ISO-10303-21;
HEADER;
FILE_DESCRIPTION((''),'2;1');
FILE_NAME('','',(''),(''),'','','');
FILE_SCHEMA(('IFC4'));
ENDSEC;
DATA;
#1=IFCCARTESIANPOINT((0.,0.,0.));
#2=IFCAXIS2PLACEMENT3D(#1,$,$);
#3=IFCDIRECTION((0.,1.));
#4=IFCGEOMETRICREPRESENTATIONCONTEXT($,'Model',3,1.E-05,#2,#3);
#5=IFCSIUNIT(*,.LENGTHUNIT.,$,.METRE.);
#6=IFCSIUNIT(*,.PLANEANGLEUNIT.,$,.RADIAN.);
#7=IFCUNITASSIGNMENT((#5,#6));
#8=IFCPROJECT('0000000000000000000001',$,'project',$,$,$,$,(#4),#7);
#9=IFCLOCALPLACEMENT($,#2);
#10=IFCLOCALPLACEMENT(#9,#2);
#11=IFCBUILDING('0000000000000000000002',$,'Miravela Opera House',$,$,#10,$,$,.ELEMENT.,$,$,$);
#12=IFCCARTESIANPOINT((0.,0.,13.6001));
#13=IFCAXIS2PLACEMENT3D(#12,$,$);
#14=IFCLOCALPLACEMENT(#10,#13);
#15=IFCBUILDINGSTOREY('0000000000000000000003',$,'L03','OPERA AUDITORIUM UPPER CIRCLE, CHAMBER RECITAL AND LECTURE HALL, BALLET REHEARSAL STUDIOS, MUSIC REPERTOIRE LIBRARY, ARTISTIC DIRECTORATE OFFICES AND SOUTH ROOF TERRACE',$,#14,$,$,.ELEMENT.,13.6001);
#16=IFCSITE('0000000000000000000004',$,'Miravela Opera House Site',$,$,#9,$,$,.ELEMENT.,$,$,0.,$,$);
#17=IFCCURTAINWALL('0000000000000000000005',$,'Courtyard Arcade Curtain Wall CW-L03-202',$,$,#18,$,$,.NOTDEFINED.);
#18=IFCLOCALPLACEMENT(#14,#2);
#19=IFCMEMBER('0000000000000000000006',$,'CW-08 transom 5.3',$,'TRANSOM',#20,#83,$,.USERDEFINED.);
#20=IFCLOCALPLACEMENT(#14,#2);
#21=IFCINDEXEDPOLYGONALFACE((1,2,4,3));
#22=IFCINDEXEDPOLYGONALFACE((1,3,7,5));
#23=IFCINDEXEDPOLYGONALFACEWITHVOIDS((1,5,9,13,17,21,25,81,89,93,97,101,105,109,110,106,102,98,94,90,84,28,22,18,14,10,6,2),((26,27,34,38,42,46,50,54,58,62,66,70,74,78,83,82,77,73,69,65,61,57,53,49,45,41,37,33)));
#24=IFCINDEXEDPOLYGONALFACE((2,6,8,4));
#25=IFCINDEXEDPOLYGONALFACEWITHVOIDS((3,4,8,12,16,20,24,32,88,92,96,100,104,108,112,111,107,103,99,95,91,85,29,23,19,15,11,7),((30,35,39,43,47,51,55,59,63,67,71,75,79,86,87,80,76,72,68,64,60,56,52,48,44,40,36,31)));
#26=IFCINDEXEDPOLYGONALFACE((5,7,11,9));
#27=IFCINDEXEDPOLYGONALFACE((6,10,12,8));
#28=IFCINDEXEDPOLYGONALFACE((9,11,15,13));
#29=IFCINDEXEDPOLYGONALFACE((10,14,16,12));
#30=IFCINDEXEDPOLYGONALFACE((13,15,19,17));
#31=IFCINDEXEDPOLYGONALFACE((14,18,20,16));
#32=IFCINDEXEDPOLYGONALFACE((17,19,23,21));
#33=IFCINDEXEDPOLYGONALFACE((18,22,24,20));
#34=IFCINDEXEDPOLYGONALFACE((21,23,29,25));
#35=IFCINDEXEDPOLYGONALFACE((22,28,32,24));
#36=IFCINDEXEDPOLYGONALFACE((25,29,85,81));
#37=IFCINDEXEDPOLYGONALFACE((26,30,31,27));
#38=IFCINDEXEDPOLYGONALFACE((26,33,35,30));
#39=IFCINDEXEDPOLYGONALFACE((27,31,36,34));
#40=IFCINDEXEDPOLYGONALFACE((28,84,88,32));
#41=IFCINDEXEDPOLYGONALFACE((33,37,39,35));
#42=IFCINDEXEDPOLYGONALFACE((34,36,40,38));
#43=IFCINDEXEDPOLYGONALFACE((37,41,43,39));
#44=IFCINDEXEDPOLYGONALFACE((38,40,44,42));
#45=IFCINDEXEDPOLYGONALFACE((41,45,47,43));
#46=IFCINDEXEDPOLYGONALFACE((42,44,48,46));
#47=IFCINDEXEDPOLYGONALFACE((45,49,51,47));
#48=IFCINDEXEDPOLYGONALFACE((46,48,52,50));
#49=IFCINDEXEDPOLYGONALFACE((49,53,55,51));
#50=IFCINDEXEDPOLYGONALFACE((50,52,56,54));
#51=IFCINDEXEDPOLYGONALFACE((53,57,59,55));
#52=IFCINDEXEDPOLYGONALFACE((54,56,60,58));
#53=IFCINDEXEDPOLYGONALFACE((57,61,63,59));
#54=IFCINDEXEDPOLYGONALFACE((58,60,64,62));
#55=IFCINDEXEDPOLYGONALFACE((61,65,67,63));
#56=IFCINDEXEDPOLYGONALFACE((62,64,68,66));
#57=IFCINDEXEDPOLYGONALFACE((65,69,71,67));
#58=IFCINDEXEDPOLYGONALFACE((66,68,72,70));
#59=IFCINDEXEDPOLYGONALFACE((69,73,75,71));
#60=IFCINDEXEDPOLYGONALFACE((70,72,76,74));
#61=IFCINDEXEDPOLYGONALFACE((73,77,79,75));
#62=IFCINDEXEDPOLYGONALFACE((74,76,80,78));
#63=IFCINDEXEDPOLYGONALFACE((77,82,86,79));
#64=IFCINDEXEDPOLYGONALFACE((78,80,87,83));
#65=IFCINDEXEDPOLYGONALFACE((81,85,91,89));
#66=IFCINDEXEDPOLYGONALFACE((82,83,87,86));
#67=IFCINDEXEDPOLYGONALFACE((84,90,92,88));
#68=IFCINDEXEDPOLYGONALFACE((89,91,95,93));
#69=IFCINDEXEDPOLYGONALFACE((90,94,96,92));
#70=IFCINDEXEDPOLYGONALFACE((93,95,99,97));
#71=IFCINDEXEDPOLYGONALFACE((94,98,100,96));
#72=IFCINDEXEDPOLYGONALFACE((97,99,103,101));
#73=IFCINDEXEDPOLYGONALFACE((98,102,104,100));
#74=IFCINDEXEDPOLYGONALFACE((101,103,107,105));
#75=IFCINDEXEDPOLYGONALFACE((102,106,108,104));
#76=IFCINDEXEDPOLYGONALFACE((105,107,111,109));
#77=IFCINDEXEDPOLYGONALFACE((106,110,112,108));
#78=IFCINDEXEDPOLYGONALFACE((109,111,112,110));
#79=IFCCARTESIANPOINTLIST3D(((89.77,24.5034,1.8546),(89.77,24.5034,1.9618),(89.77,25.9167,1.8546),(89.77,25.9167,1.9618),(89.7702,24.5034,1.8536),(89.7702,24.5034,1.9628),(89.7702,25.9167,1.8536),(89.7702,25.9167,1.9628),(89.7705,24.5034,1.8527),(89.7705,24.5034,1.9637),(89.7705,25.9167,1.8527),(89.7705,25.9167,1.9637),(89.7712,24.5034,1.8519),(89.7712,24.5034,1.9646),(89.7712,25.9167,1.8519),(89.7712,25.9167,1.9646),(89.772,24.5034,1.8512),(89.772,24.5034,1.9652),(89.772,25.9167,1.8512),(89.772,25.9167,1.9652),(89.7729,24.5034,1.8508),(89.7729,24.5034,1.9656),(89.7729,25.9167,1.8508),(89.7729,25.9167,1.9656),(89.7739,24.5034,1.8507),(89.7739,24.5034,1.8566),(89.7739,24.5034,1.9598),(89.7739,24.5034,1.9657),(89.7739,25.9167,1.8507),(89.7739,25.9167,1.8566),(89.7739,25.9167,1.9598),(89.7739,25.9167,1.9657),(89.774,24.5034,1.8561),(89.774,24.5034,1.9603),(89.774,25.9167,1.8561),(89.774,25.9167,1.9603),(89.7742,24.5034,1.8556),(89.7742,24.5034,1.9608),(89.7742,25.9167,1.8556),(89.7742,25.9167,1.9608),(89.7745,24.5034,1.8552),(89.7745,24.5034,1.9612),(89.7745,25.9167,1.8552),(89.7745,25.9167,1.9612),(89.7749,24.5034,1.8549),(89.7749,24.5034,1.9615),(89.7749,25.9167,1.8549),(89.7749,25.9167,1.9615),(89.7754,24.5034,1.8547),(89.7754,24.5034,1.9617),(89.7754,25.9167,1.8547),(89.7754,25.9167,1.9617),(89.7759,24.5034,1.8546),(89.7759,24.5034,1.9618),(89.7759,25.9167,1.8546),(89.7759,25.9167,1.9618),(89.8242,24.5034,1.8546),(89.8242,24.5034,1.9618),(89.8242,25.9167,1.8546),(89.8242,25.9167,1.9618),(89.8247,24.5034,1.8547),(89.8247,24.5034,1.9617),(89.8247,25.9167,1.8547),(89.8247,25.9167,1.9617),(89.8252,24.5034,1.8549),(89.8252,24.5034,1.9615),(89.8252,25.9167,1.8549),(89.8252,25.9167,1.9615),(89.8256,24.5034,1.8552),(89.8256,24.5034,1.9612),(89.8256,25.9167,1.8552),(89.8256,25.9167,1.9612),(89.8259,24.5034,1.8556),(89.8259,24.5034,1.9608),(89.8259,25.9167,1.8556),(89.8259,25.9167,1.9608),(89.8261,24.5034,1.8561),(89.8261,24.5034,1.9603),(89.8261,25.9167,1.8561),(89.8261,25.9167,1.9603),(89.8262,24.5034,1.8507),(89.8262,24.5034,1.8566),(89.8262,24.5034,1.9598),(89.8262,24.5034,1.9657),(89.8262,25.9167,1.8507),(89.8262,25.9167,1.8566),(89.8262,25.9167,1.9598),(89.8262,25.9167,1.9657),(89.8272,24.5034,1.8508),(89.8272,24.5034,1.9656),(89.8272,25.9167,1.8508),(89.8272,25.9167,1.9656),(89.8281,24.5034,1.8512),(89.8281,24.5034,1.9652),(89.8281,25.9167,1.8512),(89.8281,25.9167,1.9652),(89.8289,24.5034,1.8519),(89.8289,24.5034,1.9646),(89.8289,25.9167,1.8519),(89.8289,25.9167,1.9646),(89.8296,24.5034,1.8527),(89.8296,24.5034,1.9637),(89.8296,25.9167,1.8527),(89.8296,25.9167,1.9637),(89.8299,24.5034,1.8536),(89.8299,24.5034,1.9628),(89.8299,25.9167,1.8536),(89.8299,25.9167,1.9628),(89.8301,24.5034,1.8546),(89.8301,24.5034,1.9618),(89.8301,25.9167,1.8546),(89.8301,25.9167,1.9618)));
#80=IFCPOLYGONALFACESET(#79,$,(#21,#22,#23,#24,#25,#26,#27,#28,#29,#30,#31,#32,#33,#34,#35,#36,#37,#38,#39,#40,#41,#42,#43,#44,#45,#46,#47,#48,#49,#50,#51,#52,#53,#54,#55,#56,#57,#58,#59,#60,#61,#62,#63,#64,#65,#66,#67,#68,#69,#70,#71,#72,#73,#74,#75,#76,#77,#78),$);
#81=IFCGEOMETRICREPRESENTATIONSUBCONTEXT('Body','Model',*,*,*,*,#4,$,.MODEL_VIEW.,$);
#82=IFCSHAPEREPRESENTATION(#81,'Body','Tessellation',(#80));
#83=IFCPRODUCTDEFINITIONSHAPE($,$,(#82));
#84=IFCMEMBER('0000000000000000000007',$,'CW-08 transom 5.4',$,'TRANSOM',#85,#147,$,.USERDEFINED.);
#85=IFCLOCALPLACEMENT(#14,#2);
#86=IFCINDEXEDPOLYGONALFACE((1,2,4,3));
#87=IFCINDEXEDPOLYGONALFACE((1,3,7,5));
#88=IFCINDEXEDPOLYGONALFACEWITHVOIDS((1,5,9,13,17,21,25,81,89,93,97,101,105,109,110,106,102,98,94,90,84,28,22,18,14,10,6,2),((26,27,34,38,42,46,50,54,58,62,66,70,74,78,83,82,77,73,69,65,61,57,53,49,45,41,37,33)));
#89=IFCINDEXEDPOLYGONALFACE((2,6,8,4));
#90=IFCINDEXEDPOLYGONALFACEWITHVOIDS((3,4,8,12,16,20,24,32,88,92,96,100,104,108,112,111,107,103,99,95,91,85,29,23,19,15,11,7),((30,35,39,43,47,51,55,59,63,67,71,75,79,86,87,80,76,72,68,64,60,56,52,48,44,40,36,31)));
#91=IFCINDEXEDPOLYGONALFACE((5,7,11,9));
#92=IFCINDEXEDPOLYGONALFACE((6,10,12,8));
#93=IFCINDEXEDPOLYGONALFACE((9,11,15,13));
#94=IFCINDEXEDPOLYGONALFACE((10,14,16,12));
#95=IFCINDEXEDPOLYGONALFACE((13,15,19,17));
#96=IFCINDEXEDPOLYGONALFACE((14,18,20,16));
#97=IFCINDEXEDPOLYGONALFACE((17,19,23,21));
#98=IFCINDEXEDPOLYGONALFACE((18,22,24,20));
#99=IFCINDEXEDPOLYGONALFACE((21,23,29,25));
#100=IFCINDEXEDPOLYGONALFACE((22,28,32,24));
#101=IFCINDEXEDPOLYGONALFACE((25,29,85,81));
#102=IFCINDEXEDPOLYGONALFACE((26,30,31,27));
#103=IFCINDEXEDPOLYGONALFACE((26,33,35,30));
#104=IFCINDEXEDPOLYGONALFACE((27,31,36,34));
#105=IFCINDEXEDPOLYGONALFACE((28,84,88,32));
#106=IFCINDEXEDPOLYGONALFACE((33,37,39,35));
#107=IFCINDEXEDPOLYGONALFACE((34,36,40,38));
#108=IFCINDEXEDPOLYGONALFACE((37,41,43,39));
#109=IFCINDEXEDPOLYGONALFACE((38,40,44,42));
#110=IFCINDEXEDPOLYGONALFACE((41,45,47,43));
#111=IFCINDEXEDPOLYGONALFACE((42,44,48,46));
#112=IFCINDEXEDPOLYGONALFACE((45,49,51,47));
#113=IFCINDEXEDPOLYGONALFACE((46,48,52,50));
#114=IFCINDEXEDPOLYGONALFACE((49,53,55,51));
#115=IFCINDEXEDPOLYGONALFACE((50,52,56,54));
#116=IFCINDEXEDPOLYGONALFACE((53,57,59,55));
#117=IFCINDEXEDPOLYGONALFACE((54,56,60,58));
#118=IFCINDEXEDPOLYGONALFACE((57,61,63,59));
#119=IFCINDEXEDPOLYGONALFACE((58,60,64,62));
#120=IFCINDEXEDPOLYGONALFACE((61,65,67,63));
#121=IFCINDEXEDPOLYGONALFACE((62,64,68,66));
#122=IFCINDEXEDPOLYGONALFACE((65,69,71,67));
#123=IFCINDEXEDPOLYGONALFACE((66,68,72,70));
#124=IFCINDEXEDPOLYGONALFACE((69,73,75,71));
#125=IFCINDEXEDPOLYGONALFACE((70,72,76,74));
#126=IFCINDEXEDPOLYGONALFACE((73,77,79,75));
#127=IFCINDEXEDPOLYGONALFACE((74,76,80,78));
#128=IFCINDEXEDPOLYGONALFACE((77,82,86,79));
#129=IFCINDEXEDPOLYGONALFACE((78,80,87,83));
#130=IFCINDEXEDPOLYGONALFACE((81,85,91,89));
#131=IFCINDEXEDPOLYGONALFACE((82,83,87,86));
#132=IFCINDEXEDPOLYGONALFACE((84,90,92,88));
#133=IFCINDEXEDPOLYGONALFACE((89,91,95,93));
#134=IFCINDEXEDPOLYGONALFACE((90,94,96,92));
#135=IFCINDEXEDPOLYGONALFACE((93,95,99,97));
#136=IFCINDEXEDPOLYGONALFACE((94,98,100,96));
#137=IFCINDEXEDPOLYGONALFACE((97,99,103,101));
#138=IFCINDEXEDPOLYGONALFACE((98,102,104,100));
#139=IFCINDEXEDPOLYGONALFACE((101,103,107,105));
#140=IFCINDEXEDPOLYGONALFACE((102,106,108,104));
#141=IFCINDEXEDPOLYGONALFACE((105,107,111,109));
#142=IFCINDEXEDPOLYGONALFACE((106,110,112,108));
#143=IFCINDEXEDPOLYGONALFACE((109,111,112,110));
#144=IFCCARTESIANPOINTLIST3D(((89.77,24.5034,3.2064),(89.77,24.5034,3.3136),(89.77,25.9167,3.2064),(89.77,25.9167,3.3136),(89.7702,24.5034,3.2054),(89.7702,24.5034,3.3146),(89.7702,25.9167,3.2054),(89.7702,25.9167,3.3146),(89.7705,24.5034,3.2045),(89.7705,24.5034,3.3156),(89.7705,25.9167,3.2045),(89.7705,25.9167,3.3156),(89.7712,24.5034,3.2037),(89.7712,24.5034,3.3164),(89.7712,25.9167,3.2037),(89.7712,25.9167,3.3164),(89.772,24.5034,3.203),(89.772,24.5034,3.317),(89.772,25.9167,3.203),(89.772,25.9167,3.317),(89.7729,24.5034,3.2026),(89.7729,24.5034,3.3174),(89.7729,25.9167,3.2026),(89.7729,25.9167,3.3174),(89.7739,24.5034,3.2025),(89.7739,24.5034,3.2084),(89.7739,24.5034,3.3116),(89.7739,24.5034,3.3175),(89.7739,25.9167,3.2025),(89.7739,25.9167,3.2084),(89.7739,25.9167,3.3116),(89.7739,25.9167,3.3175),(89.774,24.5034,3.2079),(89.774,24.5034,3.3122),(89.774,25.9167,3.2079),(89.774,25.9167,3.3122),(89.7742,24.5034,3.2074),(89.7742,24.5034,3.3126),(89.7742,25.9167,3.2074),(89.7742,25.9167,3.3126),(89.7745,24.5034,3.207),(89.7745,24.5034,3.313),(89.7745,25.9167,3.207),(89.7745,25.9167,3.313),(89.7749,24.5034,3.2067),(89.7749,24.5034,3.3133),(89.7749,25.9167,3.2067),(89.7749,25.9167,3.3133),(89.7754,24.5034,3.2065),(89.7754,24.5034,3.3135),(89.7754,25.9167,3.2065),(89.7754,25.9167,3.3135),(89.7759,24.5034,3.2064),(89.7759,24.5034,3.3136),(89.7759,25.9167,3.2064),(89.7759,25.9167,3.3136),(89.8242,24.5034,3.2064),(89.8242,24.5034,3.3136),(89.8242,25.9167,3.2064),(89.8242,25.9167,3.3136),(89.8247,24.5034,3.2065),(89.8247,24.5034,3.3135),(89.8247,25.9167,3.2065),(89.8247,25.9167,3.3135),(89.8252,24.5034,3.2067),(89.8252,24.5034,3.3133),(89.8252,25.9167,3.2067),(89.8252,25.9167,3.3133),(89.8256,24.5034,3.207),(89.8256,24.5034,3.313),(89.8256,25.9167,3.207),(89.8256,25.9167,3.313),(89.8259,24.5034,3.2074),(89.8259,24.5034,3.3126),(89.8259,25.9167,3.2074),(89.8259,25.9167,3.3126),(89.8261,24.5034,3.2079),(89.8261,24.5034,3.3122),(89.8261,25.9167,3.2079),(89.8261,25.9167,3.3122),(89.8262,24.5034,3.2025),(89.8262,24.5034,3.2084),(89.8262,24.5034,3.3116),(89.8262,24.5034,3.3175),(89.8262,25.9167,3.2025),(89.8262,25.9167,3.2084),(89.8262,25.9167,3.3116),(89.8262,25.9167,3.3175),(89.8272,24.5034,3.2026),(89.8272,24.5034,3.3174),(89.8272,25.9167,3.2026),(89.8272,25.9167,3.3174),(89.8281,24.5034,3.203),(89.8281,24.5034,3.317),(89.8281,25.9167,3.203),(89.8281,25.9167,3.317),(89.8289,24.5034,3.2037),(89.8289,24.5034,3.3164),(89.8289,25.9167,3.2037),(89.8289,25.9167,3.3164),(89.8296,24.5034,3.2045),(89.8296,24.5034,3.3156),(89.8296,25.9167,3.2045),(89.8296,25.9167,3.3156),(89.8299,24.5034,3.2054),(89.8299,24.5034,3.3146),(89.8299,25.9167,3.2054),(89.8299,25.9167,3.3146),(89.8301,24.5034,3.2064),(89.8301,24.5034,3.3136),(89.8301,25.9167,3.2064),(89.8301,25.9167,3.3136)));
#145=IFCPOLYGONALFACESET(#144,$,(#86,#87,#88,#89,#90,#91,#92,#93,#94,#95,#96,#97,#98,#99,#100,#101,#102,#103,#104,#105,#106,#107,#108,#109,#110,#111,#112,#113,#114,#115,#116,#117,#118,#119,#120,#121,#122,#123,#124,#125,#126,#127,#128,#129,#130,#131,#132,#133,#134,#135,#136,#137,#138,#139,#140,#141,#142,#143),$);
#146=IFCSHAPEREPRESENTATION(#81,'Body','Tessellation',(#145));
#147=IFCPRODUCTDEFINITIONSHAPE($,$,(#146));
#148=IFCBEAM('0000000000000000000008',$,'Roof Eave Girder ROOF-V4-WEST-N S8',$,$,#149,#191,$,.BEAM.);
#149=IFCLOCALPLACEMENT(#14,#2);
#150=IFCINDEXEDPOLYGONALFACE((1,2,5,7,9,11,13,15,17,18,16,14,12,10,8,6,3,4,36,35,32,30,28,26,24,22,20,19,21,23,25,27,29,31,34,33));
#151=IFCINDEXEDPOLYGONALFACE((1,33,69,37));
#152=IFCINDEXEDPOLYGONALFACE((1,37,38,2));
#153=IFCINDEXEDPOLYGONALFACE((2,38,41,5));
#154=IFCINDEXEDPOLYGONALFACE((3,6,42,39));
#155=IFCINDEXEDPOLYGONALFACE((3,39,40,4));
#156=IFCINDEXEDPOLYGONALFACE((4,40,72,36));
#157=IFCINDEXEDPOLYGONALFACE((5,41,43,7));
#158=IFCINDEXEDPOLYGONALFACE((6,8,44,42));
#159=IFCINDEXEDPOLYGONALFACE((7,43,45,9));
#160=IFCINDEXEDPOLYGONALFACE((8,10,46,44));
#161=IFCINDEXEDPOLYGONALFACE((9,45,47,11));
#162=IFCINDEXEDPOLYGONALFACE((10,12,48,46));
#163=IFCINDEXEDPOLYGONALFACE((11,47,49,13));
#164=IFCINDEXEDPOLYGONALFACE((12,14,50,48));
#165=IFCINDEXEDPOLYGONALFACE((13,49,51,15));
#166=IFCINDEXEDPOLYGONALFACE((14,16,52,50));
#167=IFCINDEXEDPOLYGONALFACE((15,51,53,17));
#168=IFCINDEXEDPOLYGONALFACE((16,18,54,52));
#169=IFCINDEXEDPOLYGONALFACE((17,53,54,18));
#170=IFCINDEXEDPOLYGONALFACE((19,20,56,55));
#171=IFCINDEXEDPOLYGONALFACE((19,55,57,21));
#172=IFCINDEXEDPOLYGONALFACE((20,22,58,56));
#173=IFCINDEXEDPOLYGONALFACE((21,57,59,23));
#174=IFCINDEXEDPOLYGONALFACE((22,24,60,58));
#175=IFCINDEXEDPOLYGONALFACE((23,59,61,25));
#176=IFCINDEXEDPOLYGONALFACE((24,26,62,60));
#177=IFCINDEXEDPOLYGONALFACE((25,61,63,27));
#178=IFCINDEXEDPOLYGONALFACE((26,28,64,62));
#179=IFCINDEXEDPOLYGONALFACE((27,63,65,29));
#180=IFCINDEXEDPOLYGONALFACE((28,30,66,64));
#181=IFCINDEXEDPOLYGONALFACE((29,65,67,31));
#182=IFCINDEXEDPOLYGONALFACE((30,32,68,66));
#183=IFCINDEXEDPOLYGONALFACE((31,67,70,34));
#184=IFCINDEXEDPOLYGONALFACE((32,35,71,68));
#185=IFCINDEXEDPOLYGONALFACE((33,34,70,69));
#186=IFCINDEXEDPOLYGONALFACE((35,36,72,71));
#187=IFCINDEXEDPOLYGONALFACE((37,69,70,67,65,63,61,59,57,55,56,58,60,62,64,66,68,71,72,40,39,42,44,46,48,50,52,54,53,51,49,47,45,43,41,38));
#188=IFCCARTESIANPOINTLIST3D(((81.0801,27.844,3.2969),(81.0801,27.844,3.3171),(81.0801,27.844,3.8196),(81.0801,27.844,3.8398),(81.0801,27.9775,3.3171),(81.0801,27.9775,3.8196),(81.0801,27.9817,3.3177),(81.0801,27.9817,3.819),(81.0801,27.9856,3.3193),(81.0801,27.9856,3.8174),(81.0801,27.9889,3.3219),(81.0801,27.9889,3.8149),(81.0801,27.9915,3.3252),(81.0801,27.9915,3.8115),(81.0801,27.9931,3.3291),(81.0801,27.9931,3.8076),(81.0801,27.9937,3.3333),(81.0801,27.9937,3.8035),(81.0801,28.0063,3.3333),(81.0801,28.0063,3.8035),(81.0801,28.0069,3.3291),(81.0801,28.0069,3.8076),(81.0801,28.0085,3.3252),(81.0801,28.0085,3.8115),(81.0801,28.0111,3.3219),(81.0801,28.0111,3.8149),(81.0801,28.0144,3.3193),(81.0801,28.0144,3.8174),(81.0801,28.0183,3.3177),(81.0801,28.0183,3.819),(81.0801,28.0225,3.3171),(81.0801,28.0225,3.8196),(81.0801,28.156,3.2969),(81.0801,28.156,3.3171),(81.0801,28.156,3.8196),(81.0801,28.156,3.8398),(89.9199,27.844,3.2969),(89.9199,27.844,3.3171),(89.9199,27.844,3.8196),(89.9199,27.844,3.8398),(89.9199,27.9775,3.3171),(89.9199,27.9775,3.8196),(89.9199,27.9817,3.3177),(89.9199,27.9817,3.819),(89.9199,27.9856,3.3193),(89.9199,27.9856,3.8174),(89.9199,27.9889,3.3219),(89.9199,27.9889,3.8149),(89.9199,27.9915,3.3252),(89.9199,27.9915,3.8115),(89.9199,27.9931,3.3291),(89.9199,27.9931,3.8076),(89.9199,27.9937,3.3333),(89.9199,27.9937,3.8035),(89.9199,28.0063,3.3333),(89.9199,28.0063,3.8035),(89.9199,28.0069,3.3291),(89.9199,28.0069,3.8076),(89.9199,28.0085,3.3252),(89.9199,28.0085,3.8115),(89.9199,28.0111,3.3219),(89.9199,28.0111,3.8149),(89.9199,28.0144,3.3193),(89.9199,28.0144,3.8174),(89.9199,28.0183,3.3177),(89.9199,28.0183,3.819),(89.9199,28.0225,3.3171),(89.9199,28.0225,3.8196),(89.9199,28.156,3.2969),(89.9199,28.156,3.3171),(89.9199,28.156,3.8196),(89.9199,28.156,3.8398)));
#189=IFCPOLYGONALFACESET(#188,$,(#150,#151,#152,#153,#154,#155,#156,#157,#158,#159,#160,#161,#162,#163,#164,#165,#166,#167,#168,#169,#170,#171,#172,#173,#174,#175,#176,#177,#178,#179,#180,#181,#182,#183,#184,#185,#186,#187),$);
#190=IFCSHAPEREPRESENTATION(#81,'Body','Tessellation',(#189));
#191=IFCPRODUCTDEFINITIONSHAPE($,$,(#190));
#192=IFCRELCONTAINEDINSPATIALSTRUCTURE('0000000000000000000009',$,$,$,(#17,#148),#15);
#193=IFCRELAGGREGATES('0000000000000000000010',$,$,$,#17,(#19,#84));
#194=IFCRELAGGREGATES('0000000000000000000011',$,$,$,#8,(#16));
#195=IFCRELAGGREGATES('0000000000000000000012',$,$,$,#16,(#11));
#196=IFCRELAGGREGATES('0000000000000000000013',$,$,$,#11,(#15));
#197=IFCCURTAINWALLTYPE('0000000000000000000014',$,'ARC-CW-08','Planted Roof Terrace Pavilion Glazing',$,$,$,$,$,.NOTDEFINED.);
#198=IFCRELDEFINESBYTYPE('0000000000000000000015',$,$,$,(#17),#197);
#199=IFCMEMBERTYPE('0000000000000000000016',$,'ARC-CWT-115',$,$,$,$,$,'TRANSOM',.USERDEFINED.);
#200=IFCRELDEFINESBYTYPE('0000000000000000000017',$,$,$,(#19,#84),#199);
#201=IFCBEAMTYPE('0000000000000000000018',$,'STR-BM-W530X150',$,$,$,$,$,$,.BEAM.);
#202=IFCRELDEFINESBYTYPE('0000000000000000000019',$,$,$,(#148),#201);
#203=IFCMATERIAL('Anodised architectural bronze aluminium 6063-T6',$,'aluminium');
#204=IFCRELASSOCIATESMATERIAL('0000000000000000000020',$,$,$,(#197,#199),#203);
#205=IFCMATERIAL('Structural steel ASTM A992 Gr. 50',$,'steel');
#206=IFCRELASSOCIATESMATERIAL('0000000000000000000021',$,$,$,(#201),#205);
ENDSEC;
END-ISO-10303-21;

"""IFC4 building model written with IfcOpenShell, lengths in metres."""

from ifc_helpers import new_model, si_unit, direction, frame, origin, origin_2d, place, context, subcontext, project, spatial, hollow_rectangle, i_section, extrude, material, material_profile, profile_set, type_object, element, aggregate, save


model = new_model("IFC4")

# Units and contexts
model_context = context("Model", 3, precision=1e-05, world=origin(), true_north=direction((0.0, 1.0)))
body_context = subcontext(model_context, "Body", "Model", "MODEL_VIEW")
ifc_project = project(units=[si_unit("LENGTHUNIT", "METRE"), si_unit("PLANEANGLEUNIT", "RADIAN")], contexts=[model_context])

# Site, building, storey
site_placement = place(None, origin())
site = spatial("IfcSite", under=ifc_project, at=site_placement, Name="Miravela Opera House Site", CompositionType="ELEMENT", RefElevation=0.0)
building_placement = place(site_placement, origin())
building = spatial("IfcBuilding", under=site, at=building_placement, Name="Miravela Opera House", CompositionType="ELEMENT")
storey_placement = place(building_placement, frame((0.0, 0.0, 13.6001)))
storey = spatial("IfcBuildingStorey", under=building, at=storey_placement, Name="L03", Description="OPERA AUDITORIUM UPPER CIRCLE, CHAMBER RECITAL AND LECTURE HALL, BALLET REHEARSAL STUDIOS, MUSIC REPERTOIRE LIBRARY, ARTISTIC DIRECTORATE OFFICES AND SOUTH ROOF TERRACE", CompositionType="ELEMENT", Elevation=13.6001)

# Curtain wall, members
ifc_material_1 = material(Name="Anodised architectural bronze aluminium 6063-T6", Category="aluminium")
curtain_wall_type = type_object("IfcCurtainWallType", Name="ARC-CW-08", Description="Planted Roof Terrace Pavilion Glazing", PredefinedType="NOTDEFINED", material=ifc_material_1)
curtain_wall_placement = place(storey_placement, origin())
curtain_wall = element("IfcCurtainWall", 1, at=curtain_wall_placement, inside=storey, type_object=curtain_wall_type, Name="Courtyard Arcade Curtain Wall CW-L03-202", PredefinedType="NOTDEFINED")
ifc_material_profile_1 = material_profile(ifc_material_1, hollow_rectangle(XDim=0.0601, YDim=0.115, WallThickness=0.0039, InnerFilletRadius=0.002, OuterFilletRadius=0.0039, at=origin_2d()), Name="CWT-60X115")
ifc_profile_set_1 = profile_set([ifc_material_profile_1])
member_type_1 = type_object("IfcMemberType", Name="ARC-CWT-115", ElementType="TRANSOM", PredefinedType="USERDEFINED", material=ifc_profile_set_1)
member_1_placement = place(storey_placement, frame((89.8, 24.5034, 1.9082), z_axis=(0.0, 1.0, 0.0), x_axis=(-1.0, 0.0, 0.0)))
member_1 = element("IfcMember", 2, at=member_1_placement, type_object=member_type_1, Name="CW-08 transom 5.3", ObjectType="TRANSOM", PredefinedType="USERDEFINED", context=body_context, shape_type="SweptSolid", body=[
    extrude(hollow_rectangle(XDim=0.0601, YDim=0.115, WallThickness=0.0039, InnerFilletRadius=0.002, OuterFilletRadius=0.0039, at=origin_2d()), origin(), (0.0, 0.0, 1.0), 1.4133),
])
member_2_placement = place(storey_placement, frame((89.8, 24.5034, 3.26), z_axis=(0.0, 1.0, 0.0), x_axis=(-1.0, 0.0, 0.0)))
member_2 = element("IfcMember", 3, at=member_2_placement, type_object=member_type_1, Name="CW-08 transom 5.4", ObjectType="TRANSOM", PredefinedType="USERDEFINED", context=body_context, shape_type="SweptSolid", body=[
    extrude(hollow_rectangle(XDim=0.0601, YDim=0.115, WallThickness=0.0039, InnerFilletRadius=0.002, OuterFilletRadius=0.0039, at=origin_2d()), origin(), (0.0, 0.0, 1.0), 1.4133),
])

# Beam
ifc_material_2 = material(Name="Structural steel ASTM A992 Gr. 50", Category="steel")
ifc_material_profile_2 = material_profile(ifc_material_2, i_section(OverallWidth=0.312, OverallDepth=0.543, WebThickness=0.0127, FlangeThickness=0.0203, FilletRadius=0.0161, at=origin_2d()), Name="W530X150")
ifc_profile_set_2 = profile_set([ifc_material_profile_2])
beam_type = type_object("IfcBeamType", Name="STR-BM-W530X150", PredefinedType="BEAM", material=ifc_profile_set_2)
beam_placement = place(storey_placement, frame((81.0801, 28.0, 3.5684), z_axis=(1.0, 0.0, 0.0), x_axis=(0.0, 1.0, 0.0)))
element("IfcBeam", 4, at=beam_placement, inside=storey, type_object=beam_type, Name="Roof Eave Girder ROOF-V4-WEST-N S8", PredefinedType="BEAM", context=body_context, shape_type="SweptSolid", body=[
    extrude(i_section(OverallWidth=0.312, OverallDepth=0.543, WebThickness=0.0127, FlangeThickness=0.0203, FilletRadius=0.0161, at=origin_2d()), origin(), (0.0, 0.0, 1.0), 8.8398),
])

aggregate(curtain_wall, [member_1, member_2])

save(model, "model.ifc")
